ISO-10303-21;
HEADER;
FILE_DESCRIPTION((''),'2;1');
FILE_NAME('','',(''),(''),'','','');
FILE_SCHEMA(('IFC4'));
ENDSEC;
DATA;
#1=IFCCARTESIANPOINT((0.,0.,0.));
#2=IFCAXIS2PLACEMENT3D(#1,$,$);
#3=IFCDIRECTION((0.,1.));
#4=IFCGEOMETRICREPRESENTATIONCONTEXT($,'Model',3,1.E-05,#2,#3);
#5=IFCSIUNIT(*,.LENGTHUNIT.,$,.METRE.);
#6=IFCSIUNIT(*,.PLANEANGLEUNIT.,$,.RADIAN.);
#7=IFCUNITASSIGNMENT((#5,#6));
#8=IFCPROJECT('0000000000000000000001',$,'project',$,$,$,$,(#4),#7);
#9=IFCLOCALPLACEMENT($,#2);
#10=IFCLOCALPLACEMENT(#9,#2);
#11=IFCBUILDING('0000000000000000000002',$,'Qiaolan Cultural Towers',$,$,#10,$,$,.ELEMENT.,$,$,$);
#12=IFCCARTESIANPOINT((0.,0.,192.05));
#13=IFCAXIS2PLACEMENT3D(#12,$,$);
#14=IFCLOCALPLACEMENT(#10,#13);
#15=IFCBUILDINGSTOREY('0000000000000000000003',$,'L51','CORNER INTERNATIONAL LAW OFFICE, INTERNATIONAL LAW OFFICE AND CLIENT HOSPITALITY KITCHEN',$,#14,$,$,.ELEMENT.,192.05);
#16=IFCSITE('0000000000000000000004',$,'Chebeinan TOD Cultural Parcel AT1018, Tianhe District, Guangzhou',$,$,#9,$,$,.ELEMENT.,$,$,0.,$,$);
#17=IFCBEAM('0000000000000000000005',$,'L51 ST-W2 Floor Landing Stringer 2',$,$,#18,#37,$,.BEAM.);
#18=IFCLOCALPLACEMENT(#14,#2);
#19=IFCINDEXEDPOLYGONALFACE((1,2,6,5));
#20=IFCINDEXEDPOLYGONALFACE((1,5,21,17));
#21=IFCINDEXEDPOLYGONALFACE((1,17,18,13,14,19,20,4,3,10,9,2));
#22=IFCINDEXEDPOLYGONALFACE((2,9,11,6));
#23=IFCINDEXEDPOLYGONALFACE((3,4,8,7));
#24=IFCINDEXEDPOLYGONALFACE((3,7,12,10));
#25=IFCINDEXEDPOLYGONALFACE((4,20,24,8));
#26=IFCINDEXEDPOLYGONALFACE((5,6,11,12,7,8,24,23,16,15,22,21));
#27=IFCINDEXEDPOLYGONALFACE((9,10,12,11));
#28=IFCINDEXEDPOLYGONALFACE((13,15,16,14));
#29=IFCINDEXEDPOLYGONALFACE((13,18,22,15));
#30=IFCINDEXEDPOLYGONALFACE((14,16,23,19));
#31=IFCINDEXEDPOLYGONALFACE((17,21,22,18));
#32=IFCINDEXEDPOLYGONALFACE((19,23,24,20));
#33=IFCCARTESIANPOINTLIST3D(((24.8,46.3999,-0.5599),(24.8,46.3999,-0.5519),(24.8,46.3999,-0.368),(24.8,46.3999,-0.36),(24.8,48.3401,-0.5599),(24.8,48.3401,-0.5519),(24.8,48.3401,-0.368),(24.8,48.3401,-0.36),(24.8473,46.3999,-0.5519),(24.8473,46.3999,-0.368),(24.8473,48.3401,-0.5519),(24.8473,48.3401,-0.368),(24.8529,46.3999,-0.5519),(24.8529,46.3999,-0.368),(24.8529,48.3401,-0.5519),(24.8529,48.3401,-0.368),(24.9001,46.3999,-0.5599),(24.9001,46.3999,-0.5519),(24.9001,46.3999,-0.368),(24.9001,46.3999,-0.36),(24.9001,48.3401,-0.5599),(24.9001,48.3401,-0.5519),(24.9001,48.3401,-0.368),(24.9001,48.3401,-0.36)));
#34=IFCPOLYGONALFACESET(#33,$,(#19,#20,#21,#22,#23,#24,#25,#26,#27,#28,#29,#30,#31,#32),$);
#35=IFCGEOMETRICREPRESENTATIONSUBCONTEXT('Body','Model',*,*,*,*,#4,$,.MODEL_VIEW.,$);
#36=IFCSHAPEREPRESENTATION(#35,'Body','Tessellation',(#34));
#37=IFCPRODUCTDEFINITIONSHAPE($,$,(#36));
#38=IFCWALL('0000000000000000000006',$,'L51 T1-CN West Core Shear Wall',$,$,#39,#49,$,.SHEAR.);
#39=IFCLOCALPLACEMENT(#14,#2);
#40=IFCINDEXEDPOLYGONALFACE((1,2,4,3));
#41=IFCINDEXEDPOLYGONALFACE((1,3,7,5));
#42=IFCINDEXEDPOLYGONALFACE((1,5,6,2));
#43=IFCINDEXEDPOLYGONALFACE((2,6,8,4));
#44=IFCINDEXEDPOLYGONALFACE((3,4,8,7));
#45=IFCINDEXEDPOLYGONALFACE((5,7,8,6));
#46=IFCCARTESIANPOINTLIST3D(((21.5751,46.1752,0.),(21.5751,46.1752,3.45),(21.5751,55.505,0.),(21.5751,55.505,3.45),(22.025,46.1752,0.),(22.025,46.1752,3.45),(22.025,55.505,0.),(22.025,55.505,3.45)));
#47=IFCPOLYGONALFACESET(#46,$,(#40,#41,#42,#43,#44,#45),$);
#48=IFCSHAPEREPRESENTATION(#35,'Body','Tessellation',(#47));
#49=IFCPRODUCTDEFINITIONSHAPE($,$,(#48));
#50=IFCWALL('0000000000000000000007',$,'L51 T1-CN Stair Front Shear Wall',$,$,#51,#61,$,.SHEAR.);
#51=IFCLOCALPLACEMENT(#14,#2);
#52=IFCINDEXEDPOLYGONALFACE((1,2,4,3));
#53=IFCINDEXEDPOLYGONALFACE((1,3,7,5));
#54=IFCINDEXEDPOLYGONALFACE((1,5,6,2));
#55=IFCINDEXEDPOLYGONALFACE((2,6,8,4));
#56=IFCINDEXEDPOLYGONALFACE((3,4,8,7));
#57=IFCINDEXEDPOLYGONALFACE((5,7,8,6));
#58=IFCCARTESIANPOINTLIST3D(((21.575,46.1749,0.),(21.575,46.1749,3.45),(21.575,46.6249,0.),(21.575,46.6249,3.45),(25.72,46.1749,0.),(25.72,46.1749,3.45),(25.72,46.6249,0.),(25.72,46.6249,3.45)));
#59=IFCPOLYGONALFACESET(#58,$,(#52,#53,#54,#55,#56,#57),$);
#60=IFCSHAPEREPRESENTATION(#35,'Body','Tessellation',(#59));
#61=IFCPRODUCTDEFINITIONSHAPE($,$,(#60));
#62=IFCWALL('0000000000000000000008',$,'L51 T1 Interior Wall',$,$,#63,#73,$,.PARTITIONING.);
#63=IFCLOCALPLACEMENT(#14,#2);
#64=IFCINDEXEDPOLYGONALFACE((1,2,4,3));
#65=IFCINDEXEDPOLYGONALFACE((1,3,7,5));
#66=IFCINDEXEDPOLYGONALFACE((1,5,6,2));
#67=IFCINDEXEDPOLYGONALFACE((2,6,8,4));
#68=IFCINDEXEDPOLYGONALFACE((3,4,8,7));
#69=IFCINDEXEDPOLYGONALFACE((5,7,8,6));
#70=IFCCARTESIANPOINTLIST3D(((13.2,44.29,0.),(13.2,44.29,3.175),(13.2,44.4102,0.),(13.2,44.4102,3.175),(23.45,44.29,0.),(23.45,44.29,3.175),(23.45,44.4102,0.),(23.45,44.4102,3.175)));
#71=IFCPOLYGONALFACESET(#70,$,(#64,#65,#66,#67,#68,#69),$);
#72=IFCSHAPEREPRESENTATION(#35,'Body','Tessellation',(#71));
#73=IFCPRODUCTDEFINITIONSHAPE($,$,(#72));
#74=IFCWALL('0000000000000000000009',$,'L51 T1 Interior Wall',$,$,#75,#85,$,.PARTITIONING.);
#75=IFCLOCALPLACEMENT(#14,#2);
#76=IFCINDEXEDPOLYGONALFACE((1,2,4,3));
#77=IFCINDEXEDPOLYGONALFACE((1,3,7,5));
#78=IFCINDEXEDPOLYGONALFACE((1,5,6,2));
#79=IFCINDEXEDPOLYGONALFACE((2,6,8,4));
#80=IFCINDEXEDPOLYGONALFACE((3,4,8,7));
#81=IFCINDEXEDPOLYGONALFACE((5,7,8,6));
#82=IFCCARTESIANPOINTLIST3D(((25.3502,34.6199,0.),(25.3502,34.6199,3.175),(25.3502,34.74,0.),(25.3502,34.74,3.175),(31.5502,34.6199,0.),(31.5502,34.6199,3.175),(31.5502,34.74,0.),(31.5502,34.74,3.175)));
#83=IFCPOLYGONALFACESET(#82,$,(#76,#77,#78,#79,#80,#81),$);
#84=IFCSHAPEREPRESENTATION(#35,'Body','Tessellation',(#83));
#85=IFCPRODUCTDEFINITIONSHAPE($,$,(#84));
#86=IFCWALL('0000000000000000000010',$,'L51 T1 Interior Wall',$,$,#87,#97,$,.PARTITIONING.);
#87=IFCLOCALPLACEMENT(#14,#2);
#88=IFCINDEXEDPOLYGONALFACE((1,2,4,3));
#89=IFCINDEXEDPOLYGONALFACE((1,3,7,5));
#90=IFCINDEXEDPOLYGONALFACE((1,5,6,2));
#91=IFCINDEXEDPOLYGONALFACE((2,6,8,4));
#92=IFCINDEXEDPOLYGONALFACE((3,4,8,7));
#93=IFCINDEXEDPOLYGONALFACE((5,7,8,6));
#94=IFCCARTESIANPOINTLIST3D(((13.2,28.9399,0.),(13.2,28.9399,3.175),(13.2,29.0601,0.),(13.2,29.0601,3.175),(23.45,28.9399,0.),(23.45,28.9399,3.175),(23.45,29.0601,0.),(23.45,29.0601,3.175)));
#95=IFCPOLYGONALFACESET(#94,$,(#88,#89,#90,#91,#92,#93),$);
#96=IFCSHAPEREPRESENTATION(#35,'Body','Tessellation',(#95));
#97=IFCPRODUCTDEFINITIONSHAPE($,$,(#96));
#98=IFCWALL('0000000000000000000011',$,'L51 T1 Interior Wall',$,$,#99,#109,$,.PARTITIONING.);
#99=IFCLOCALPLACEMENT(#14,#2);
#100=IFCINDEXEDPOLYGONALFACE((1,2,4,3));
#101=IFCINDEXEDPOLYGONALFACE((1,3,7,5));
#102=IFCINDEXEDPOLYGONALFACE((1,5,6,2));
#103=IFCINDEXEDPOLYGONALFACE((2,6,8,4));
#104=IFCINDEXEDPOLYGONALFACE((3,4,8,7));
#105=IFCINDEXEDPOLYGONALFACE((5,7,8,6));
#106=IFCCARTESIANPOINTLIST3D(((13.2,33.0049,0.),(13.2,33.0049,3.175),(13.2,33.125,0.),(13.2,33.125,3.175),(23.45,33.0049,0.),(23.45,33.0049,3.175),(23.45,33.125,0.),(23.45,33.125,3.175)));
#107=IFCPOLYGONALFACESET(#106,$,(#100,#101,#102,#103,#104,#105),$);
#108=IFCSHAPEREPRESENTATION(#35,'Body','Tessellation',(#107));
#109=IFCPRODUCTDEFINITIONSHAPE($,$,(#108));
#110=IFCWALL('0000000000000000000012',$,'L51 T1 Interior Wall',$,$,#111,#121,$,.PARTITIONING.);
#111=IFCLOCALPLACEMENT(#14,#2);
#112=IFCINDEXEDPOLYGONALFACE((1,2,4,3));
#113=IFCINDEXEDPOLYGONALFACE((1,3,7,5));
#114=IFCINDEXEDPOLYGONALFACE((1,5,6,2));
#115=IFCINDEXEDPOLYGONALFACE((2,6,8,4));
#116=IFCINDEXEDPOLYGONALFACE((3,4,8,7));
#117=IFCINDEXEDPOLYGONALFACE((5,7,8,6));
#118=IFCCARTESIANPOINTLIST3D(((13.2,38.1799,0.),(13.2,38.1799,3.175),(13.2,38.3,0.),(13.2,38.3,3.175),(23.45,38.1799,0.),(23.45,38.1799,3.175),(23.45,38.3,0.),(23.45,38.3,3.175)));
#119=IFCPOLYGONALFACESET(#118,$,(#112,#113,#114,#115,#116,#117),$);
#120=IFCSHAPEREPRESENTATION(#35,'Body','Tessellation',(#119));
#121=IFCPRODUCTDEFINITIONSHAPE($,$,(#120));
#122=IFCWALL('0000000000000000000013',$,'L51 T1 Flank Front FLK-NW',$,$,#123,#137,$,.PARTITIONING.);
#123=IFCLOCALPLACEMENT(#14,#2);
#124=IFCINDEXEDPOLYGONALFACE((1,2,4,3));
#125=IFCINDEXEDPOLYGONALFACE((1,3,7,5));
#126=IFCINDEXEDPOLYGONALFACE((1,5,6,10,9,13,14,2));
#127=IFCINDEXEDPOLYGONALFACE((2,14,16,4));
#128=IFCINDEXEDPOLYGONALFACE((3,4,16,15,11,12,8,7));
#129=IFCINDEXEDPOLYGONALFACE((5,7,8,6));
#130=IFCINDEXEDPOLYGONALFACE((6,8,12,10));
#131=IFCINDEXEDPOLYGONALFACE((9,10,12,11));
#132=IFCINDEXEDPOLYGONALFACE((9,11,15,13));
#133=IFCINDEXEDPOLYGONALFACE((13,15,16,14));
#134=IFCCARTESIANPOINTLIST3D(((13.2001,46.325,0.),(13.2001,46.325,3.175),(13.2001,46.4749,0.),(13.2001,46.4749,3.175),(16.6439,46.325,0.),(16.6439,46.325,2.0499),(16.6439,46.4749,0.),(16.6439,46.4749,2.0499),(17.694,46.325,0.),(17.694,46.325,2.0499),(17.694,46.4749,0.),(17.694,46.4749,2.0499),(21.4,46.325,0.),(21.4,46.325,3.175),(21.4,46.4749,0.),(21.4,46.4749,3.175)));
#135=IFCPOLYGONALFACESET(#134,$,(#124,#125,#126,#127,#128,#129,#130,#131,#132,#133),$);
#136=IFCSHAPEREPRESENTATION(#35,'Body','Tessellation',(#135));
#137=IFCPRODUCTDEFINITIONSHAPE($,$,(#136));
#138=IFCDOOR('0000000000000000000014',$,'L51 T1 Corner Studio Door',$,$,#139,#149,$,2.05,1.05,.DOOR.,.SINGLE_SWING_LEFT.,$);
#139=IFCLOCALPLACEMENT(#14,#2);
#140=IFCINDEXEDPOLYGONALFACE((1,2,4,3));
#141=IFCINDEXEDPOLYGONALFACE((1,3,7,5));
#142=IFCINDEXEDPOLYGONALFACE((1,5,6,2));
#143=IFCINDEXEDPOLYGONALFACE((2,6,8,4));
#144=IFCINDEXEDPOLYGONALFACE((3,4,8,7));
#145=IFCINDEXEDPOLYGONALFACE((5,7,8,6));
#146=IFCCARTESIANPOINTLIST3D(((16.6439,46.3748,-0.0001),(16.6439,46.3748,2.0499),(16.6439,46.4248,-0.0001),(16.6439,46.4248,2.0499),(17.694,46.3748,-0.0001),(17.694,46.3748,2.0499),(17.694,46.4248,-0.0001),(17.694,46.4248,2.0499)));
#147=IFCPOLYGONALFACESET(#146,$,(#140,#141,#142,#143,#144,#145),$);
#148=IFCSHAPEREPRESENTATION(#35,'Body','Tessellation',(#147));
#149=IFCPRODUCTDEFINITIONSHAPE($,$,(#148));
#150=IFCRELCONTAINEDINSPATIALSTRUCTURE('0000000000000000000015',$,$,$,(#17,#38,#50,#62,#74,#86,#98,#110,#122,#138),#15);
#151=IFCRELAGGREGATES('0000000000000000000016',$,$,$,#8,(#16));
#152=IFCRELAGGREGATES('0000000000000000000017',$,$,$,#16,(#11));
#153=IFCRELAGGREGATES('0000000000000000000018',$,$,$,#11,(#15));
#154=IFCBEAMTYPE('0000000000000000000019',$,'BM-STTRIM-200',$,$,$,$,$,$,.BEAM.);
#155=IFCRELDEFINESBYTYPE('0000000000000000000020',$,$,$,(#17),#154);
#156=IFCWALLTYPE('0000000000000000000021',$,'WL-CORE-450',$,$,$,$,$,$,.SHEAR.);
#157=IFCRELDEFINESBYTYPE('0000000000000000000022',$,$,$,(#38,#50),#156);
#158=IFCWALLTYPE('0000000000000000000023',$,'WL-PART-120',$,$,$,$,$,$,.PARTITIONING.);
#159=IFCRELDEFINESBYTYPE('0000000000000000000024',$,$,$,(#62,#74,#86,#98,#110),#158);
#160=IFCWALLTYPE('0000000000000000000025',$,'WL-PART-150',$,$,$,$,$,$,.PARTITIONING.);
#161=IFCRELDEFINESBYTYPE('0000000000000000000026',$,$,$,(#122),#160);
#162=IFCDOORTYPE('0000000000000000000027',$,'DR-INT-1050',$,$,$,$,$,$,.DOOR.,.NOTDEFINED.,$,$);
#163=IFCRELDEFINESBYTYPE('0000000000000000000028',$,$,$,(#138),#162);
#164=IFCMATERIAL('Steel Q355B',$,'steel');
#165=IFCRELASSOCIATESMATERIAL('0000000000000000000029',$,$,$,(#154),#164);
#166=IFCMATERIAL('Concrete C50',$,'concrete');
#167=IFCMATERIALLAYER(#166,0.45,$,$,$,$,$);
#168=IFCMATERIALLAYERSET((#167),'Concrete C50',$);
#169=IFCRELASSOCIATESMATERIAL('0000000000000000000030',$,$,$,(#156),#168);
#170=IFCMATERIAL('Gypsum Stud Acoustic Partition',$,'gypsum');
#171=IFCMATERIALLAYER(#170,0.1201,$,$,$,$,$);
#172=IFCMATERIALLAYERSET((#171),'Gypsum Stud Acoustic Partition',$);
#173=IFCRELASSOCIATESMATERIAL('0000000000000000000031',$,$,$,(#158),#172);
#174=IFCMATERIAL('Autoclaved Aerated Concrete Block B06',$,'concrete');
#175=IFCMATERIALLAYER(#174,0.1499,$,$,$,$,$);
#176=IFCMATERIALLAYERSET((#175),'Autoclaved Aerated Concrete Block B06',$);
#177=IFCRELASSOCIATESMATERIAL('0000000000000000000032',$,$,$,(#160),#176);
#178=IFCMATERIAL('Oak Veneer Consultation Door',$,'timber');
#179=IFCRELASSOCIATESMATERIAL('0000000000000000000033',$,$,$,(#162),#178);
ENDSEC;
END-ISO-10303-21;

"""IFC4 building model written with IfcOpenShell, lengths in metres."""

from ifc_helpers import new_model, si_unit, direction, frame, frame_2d, origin, origin_2d, place, context, subcontext, project, spatial, rectangle, i_section, extrude, material, layer, layer_set, material_profile, profile_set, type_object, element, fill, save


model = new_model("IFC4")

# Units and contexts
model_context = context("Model", 3, precision=1e-05, world=origin(), true_north=direction((0.0, 1.0)))
body_context = subcontext(model_context, "Body", "Model", "MODEL_VIEW")
ifc_project = project(units=[si_unit("LENGTHUNIT", "METRE"), si_unit("PLANEANGLEUNIT", "RADIAN")], contexts=[model_context])

# Site, building, storey
site_placement = place(None, origin())
site = spatial("IfcSite", under=ifc_project, at=site_placement, Name="Chebeinan TOD Cultural Parcel AT1018, Tianhe District, Guangzhou", CompositionType="ELEMENT", RefElevation=0.0)
building_placement = place(site_placement, origin())
building = spatial("IfcBuilding", under=site, at=building_placement, Name="Qiaolan Cultural Towers", CompositionType="ELEMENT")
storey_placement = place(building_placement, frame((0.0, 0.0, 192.05)))
storey = spatial("IfcBuildingStorey", under=building, at=storey_placement, Name="L51", Description="CORNER INTERNATIONAL LAW OFFICE, INTERNATIONAL LAW OFFICE AND CLIENT HOSPITALITY KITCHEN", CompositionType="ELEMENT", Elevation=192.05)

# Beam
ifc_material_1 = material(Name="Steel Q355B", Category="steel")
ifc_material_profile_1 = material_profile(ifc_material_1, i_section(OverallWidth=0.1001, OverallDepth=0.2, WebThickness=0.0056, FlangeThickness=0.0081, at=origin_2d()), Name="HN200x100x5.5x8")
ifc_profile_set_1 = profile_set([ifc_material_profile_1], Name="Steel Q355B")
beam_type_1 = type_object("IfcBeamType", Name="BM-STTRIM-200", PredefinedType="BEAM", material=ifc_profile_set_1)
for number, where, z_axis, x_axis, name in (
    (1, (24.8501, 46.3999, -0.46), (0.0, 1.0, 0.0), (-1.0, 0.0, 0.0), "L51 ST-W2 Floor Landing Stringer 2"),
):
    element("IfcBeam", number, at=place(storey_placement, frame(where, z_axis=z_axis, x_axis=x_axis)), inside=storey, type_object=beam_type_1, Name=name, PredefinedType="BEAM", context=body_context, shape_type="SweptSolid", body=[
        extrude(i_section(OverallWidth=0.1001, OverallDepth=0.2, WebThickness=0.0056, FlangeThickness=0.0081, at=origin_2d()), origin(), (0.0, 0.0, 1.0), 1.9402),
    ])

# Walls
ifc_material_2 = material(Name="Concrete C50", Category="concrete")
ifc_layer_1 = layer(ifc_material_2, 0.45)
ifc_layer_set_1 = layer_set([ifc_layer_1], Name="Concrete C50")
wall_type_1 = type_object("IfcWallType", Name="WL-CORE-450", PredefinedType="SHEAR", material=ifc_layer_set_1)
wall_1_placement = place(storey_placement, frame((21.8, 46.175, 0.0), z_axis=(0.0, 0.0, 1.0), x_axis=(0.0, 1.0, 0.0)))
element("IfcWall", 2, at=wall_1_placement, inside=storey, type_object=wall_type_1, Name="L51 T1-CN West Core Shear Wall", PredefinedType="SHEAR", context=body_context, shape_type="SweptSolid", body=[
    extrude(rectangle(XDim=9.3298, YDim=0.45, at=frame_2d((4.665, 0.0))), origin(), (0.0, 0.0, 1.0), 3.45),
])
wall_2_placement = place(storey_placement, frame((21.575, 46.3999, 0.0), z_axis=(0.0, 0.0, 1.0), x_axis=(1.0, 0.0, 0.0)))
element("IfcWall", 3, at=wall_2_placement, inside=storey, type_object=wall_type_1, Name="L51 T1-CN Stair Front Shear Wall", PredefinedType="SHEAR", context=body_context, shape_type="SweptSolid", body=[
    extrude(rectangle(XDim=4.145, YDim=0.45, at=frame_2d((2.0725, 0.0))), origin(), (0.0, 0.0, 1.0), 3.45),
])
ifc_material_3 = material(Name="Gypsum Stud Acoustic Partition", Category="gypsum")
ifc_layer_2 = layer(ifc_material_3, 0.1201)
ifc_layer_set_2 = layer_set([ifc_layer_2], Name="Gypsum Stud Acoustic Partition")
wall_type_2 = type_object("IfcWallType", Name="WL-PART-120", PredefinedType="PARTITIONING", material=ifc_layer_set_2)
wall_3_placement = place(storey_placement, frame((13.2, 44.3501, 0.0), z_axis=(0.0, 0.0, 1.0), x_axis=(1.0, 0.0, 0.0)))
element("IfcWall", 4, at=wall_3_placement, inside=storey, type_object=wall_type_2, Name="L51 T1 Interior Wall", PredefinedType="PARTITIONING", context=body_context, shape_type="SweptSolid", body=[
    extrude(rectangle(XDim=10.25, YDim=0.1201, at=frame_2d((5.125, 0.0))), origin(), (0.0, 0.0, 1.0), 3.175),
])
wall_4_placement = place(storey_placement, frame((25.3501, 34.6799, 0.0), z_axis=(0.0, 0.0, 1.0), x_axis=(1.0, 0.0, 0.0)))
element("IfcWall", 5, at=wall_4_placement, inside=storey, type_object=wall_type_2, Name="L51 T1 Interior Wall", PredefinedType="PARTITIONING", context=body_context, shape_type="SweptSolid", body=[
    extrude(rectangle(XDim=6.2, YDim=0.1201, at=frame_2d((3.1001, 0.0))), origin(), (0.0, 0.0, 1.0), 3.175),
])
for number, where, z_axis, x_axis, name in (
    (6, (13.2, 29.0, 0.0), (0.0, 0.0, 1.0), (1.0, 0.0, 0.0), "L51 T1 Interior Wall"),
    (7, (13.2, 33.0649, 0.0), (0.0, 0.0, 1.0), (1.0, 0.0, 0.0), "L51 T1 Interior Wall"),
    (8, (13.2, 38.24, 0.0), (0.0, 0.0, 1.0), (1.0, 0.0, 0.0), "L51 T1 Interior Wall"),
):
    element("IfcWall", number, at=place(storey_placement, frame(where, z_axis=z_axis, x_axis=x_axis)), inside=storey, type_object=wall_type_2, Name=name, PredefinedType="PARTITIONING", context=body_context, shape_type="SweptSolid", body=[
        extrude(rectangle(XDim=10.25, YDim=0.1201, at=frame_2d((5.125, 0.0))), origin(), (0.0, 0.0, 1.0), 3.175),
    ])

# Wall, opening, door
ifc_material_4 = material(Name="Autoclaved Aerated Concrete Block B06", Category="concrete")
ifc_layer_3 = layer(ifc_material_4, 0.1499)
ifc_layer_set_3 = layer_set([ifc_layer_3], Name="Autoclaved Aerated Concrete Block B06")
wall_type_3 = type_object("IfcWallType", Name="WL-PART-150", PredefinedType="PARTITIONING", material=ifc_layer_set_3)
wall_5_placement = place(storey_placement, frame((13.2, 46.3999, 0.0), z_axis=(0.0, 0.0, 1.0), x_axis=(1.0, 0.0, 0.0)))
wall_5 = element("IfcWall", 9, at=wall_5_placement, inside=storey, type_object=wall_type_3, Name="L51 T1 Flank Front FLK-NW", PredefinedType="PARTITIONING", context=body_context, shape_type="SweptSolid", body=[
    extrude(rectangle(XDim=8.2, YDim=0.1499, at=frame_2d((4.1001, 0.0))), origin(), (0.0, 0.0, 1.0), 3.175),
])
opening_placement = place(wall_5_placement, frame((3.4441, 0.0, 0.0)))
opening = element("IfcOpeningElement", 10, at=opening_placement, cuts=wall_5, PredefinedType="OPENING", context=body_context, shape_type="SweptSolid", body=[
    extrude(rectangle(XDim=1.05, YDim=2.05, at=frame_2d((0.5249, 1.0249))), frame((0.0, 0.085, 0.0), z_axis=(0.0, -1.0, 0.0), x_axis=(1.0, 0.0, 0.0)), (0.0, 0.0, 1.0), 0.1699),
])
ifc_material_5 = material(Name="Oak Veneer Consultation Door", Category="timber")
door_type = type_object("IfcDoorType", Name="DR-INT-1050", OperationType="NOTDEFINED", PredefinedType="DOOR", material=ifc_material_5)
door_placement = place(opening_placement, origin())
door = element("IfcDoor", 11, at=door_placement, inside=storey, type_object=door_type, Name="L51 T1 Corner Studio Door", OperationType="SINGLE_SWING_LEFT", OverallHeight=2.05, OverallWidth=1.05, PredefinedType="DOOR", context=body_context, shape_type="SweptSolid", body=[
    extrude(rectangle(XDim=1.05, YDim=2.05, at=frame_2d((0.5249, 1.0249))), frame((0.0, 0.0249, 0.0), z_axis=(0.0, -1.0, 0.0), x_axis=(1.0, 0.0, 0.0)), (0.0, 0.0, 1.0), 0.05),
])
fill(opening, door)

save(model, "model.ifc")
